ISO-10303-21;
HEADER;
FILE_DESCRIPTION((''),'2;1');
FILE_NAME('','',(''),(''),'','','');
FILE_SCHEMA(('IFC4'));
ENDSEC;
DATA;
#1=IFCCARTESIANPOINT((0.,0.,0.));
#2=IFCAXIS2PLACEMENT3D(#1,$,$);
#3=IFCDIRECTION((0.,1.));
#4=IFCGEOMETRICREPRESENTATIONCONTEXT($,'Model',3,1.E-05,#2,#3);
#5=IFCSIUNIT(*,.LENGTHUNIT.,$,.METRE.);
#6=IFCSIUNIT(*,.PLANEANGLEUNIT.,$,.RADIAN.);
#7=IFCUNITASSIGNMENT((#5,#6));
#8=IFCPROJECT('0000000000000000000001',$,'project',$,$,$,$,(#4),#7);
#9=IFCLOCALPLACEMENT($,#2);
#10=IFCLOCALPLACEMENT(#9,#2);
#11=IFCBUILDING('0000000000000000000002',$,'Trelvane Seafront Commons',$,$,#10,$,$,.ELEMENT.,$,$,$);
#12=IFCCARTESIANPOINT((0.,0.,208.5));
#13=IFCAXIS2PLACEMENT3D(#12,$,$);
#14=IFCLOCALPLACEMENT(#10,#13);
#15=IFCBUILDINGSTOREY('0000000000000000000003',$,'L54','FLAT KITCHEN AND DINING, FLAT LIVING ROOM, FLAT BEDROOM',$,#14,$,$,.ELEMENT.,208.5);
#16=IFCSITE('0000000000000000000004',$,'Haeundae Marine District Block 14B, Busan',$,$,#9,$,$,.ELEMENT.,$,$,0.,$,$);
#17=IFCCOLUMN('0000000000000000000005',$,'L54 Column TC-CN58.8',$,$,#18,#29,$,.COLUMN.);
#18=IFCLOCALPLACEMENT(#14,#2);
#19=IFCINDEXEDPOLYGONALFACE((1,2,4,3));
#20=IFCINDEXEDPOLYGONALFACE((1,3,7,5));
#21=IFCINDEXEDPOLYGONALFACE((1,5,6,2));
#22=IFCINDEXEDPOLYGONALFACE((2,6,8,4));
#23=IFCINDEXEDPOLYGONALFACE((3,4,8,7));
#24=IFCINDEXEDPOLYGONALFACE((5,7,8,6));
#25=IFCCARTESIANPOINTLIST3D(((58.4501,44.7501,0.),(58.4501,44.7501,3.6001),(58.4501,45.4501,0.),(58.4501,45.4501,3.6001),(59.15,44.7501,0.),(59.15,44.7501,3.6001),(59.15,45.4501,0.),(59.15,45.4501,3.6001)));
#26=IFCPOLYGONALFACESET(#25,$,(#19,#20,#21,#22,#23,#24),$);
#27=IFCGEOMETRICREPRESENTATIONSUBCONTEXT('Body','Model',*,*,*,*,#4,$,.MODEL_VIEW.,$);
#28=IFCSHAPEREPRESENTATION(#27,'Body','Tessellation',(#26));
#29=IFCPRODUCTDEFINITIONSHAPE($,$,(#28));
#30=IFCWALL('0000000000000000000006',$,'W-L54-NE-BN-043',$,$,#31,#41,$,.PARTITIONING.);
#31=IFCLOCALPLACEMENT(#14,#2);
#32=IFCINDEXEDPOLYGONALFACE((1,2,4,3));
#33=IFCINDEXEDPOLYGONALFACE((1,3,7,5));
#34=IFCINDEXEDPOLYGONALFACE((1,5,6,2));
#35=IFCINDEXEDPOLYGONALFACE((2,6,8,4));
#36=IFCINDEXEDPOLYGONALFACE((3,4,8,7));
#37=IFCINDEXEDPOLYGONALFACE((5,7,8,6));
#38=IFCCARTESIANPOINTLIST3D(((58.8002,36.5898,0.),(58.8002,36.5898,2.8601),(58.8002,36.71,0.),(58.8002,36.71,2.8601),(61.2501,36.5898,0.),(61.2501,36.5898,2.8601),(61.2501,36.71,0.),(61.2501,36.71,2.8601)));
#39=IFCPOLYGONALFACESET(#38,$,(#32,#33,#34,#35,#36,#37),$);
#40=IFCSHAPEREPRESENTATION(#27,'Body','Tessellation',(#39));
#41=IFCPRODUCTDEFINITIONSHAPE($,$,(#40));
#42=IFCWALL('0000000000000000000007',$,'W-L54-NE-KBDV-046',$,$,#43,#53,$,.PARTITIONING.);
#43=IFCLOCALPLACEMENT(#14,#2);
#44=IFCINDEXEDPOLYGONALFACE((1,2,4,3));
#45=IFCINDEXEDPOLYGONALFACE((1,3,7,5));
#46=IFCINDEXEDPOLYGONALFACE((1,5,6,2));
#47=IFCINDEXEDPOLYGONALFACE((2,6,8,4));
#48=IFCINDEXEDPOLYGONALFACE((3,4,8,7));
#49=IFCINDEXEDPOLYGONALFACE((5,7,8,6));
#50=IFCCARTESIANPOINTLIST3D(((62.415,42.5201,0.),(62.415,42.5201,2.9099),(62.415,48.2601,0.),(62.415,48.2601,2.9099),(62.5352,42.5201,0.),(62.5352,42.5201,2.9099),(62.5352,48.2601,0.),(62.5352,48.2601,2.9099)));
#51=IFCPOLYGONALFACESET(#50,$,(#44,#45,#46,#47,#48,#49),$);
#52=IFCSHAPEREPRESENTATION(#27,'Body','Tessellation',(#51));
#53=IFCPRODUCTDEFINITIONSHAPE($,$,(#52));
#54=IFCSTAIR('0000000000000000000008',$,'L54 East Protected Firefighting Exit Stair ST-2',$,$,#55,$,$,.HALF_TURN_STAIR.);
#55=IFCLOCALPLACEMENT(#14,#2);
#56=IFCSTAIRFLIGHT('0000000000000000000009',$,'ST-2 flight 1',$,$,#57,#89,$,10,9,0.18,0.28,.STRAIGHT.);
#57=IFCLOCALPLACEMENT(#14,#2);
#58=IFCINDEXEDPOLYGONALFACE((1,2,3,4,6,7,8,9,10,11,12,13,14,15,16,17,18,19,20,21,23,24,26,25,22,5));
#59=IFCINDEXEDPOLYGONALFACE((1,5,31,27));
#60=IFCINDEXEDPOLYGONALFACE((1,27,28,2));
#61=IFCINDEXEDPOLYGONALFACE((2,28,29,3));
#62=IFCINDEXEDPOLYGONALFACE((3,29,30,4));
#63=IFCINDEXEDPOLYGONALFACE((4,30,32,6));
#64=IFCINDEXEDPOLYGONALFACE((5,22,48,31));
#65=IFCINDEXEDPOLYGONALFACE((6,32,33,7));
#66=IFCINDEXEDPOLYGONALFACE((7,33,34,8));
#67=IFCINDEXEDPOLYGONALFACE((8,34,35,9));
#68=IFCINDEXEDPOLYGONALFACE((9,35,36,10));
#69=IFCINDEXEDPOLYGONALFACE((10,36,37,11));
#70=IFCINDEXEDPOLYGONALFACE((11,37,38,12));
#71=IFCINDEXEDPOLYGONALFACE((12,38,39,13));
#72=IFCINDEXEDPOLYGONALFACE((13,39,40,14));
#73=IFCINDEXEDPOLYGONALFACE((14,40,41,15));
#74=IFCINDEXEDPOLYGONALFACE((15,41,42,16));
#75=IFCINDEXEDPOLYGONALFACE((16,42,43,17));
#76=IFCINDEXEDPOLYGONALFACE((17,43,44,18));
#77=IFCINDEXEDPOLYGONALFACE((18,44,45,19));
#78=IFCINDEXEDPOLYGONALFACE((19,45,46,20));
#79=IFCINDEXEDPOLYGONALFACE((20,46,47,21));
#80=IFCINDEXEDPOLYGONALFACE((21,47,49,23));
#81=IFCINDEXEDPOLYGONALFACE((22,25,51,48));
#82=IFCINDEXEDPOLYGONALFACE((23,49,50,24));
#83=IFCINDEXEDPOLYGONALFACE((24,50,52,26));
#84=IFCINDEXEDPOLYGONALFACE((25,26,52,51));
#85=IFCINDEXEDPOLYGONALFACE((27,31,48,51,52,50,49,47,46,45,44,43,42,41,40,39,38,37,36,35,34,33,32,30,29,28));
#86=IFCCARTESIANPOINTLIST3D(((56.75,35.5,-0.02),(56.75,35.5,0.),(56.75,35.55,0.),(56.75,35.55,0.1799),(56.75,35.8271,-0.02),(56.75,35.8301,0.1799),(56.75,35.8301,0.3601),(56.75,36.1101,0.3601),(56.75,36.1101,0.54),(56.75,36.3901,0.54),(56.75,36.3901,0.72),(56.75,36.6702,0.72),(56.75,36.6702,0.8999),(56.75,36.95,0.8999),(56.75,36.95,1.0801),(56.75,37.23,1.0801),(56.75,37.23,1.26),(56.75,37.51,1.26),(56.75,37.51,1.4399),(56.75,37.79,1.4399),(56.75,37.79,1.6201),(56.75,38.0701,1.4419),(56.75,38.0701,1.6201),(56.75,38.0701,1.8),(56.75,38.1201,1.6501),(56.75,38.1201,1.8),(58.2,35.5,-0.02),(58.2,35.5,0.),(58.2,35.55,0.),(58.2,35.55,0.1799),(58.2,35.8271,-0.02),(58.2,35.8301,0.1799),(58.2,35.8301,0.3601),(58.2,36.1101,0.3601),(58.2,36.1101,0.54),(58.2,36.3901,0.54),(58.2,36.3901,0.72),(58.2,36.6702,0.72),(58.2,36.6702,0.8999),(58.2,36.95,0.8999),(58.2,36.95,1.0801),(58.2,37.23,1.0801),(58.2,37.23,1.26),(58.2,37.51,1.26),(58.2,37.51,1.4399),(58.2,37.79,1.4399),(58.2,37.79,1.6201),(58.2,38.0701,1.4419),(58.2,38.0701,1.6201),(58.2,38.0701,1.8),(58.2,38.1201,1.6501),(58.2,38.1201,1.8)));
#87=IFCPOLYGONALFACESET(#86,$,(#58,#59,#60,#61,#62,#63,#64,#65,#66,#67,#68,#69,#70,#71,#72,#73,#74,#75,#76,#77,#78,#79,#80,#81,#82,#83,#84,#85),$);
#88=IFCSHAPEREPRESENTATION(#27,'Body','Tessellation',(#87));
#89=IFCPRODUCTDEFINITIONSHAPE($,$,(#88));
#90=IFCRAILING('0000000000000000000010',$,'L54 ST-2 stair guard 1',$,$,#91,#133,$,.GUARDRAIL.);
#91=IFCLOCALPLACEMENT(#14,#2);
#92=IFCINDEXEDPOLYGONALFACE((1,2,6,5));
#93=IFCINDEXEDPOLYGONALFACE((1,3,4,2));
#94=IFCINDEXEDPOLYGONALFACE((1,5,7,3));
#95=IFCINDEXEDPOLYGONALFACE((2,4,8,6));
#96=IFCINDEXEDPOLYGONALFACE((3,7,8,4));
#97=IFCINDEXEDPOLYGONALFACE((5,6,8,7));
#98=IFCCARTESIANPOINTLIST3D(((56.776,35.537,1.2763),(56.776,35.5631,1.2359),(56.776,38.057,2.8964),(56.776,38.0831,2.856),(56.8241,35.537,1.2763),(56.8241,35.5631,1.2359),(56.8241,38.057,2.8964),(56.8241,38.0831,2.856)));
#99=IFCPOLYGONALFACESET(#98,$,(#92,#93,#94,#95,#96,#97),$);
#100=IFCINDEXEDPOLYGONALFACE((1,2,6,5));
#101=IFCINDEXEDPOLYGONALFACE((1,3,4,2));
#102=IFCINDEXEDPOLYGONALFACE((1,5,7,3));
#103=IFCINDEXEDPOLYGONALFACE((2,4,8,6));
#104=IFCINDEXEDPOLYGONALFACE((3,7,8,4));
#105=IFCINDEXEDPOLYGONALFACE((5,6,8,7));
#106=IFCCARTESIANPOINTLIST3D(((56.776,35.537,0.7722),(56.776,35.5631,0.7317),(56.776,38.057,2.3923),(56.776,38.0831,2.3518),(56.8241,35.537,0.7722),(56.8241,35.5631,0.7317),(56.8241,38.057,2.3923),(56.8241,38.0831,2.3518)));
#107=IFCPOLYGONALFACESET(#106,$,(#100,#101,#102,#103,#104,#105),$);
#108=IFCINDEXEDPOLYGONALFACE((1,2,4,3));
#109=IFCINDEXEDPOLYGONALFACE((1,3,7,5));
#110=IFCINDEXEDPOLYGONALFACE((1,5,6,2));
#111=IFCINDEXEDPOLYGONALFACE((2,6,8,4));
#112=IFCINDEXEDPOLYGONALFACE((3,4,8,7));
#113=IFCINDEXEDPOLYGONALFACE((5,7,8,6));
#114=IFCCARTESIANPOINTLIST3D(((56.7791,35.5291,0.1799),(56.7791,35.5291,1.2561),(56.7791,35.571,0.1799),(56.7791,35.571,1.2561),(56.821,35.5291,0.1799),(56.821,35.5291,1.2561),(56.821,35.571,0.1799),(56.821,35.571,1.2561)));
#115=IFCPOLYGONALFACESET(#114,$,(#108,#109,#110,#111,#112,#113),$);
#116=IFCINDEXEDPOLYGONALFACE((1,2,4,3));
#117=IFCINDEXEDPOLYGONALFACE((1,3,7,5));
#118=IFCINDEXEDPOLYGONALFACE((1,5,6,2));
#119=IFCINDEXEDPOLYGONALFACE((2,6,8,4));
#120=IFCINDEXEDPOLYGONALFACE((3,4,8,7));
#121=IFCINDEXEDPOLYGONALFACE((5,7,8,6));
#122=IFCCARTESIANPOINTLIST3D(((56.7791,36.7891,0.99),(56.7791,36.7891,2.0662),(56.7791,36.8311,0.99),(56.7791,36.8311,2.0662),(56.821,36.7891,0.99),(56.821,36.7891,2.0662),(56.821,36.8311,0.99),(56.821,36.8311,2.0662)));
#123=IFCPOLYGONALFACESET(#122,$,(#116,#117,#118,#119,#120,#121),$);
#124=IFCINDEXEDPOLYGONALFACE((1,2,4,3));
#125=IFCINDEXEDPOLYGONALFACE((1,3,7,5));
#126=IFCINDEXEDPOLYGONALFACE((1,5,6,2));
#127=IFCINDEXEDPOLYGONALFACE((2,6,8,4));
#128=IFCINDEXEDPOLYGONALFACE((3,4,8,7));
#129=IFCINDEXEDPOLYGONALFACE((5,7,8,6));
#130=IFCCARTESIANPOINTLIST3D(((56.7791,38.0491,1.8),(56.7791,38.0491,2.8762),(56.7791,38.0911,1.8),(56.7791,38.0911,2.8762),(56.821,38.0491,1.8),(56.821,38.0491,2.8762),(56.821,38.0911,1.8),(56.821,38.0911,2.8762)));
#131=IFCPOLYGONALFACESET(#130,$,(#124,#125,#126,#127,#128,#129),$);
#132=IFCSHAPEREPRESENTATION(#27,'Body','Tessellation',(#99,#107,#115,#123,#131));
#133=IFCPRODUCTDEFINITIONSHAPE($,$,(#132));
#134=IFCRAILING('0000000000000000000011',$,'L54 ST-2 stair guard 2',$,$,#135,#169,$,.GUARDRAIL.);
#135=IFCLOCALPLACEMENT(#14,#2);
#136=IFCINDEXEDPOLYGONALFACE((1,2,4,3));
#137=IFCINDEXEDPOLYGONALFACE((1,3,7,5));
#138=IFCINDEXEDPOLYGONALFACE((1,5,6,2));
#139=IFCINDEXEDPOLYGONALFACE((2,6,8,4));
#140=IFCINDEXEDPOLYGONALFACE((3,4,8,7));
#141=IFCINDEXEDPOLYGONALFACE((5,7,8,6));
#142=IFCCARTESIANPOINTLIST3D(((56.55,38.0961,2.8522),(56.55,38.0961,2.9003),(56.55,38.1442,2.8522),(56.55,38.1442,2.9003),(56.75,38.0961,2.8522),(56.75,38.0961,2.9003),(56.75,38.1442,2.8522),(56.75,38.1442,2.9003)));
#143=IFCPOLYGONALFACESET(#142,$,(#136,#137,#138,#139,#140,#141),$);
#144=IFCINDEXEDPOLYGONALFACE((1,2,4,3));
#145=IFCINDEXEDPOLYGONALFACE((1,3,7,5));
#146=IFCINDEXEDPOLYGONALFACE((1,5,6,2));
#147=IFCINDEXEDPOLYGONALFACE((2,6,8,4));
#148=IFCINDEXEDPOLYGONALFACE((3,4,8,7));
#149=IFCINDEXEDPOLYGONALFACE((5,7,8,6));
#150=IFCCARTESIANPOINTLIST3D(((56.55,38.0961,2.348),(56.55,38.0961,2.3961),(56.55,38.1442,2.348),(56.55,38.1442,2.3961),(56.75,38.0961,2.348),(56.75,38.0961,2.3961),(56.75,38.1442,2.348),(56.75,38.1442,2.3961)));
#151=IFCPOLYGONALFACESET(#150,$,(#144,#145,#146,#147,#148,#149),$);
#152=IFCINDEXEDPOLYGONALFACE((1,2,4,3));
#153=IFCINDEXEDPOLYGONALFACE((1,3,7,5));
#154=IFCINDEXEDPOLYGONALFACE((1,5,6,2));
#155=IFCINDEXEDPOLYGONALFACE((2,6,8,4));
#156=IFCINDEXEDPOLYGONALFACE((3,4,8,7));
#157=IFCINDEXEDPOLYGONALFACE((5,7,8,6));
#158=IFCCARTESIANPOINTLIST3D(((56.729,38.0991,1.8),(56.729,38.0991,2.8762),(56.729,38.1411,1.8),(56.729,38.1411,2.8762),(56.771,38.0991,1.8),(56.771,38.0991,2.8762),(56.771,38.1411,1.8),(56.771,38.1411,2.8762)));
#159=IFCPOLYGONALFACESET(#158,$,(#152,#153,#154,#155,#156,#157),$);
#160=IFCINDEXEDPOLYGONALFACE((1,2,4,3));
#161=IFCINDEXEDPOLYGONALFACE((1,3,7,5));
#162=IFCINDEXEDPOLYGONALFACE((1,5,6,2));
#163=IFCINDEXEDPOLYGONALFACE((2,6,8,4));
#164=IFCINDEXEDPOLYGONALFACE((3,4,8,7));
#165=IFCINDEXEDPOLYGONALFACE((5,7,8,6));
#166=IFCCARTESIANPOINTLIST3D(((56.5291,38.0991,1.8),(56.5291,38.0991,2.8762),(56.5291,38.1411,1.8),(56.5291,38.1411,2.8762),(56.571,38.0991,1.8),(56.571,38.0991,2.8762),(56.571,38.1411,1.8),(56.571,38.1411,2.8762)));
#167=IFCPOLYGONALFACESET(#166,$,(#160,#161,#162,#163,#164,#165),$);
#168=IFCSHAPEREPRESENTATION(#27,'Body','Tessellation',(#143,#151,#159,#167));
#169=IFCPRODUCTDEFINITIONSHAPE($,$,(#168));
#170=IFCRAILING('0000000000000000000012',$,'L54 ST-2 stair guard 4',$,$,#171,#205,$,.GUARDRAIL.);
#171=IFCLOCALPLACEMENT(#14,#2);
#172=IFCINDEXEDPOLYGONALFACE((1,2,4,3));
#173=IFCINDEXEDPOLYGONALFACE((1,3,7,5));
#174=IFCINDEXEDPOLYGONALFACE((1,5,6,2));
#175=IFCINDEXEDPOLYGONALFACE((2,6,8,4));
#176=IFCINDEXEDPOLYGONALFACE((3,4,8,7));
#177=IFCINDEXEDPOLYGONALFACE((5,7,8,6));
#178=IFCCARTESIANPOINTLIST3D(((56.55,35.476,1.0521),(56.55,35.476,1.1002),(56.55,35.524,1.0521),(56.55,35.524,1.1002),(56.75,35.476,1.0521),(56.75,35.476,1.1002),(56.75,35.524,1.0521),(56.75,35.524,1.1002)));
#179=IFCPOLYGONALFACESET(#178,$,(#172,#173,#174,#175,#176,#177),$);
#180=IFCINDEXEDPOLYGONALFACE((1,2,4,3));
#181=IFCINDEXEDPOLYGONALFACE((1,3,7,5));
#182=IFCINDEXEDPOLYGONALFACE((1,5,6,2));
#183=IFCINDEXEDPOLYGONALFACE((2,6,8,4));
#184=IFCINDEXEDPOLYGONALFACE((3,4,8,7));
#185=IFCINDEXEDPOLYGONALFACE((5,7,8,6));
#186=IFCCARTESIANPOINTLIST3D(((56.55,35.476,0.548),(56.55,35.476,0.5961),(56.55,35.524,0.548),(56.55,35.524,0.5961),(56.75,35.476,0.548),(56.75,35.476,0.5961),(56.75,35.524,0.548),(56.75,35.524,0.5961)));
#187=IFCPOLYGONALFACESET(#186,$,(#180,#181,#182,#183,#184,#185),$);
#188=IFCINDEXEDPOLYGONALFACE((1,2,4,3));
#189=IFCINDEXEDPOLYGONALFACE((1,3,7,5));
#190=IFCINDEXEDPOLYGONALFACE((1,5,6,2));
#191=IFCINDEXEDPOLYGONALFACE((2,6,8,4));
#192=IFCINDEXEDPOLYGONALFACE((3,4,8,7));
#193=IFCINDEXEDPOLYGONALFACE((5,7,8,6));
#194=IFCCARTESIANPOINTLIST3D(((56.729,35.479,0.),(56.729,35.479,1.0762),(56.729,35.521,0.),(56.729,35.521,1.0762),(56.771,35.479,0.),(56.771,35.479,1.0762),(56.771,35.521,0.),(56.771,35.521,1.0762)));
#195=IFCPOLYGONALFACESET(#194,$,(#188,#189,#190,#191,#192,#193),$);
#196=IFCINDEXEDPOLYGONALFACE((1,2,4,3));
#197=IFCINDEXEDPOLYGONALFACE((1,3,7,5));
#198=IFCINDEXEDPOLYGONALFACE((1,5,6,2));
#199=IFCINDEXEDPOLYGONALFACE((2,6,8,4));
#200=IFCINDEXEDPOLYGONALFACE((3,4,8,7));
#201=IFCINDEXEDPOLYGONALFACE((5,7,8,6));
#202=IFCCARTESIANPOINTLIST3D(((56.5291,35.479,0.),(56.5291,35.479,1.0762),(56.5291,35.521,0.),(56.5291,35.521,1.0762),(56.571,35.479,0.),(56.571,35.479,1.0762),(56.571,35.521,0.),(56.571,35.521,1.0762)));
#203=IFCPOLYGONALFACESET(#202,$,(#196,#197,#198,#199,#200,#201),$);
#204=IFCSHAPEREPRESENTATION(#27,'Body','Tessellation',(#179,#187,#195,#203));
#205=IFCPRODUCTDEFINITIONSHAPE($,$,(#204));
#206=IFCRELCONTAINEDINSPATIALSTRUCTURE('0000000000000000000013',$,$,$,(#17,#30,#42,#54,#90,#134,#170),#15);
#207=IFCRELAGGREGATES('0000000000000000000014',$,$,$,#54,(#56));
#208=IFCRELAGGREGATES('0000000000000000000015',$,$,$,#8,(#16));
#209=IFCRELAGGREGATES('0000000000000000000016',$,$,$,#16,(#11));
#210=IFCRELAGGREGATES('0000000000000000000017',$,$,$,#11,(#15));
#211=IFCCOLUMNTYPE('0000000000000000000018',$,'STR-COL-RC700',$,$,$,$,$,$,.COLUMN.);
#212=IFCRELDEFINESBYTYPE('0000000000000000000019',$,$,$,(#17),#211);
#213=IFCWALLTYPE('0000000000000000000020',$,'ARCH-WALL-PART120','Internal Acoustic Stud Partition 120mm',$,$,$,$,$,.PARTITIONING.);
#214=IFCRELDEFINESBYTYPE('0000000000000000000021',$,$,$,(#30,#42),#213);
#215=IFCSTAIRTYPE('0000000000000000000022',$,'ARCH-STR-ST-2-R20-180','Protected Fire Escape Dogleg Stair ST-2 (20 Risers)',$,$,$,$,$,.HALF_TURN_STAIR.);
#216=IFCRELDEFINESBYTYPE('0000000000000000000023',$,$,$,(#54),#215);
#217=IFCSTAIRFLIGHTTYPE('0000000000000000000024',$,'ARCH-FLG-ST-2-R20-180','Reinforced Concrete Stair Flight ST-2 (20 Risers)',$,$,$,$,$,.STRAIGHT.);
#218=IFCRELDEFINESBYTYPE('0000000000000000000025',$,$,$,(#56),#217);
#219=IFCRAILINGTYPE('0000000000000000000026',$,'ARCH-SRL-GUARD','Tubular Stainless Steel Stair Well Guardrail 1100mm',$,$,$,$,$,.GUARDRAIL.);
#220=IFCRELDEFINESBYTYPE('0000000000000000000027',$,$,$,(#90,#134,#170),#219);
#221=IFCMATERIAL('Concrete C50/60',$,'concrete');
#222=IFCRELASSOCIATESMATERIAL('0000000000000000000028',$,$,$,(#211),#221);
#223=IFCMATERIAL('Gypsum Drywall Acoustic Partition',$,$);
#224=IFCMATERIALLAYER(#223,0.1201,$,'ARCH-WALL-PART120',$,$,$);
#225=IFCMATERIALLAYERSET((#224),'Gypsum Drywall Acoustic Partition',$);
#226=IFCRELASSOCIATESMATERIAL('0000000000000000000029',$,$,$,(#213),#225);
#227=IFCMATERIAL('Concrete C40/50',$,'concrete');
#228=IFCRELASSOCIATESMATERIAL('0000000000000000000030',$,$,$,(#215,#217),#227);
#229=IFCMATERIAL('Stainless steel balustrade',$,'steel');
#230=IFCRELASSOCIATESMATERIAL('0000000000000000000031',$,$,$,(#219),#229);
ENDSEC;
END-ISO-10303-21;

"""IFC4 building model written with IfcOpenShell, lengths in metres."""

from ifc_helpers import new_model, si_unit, direction, frame, frame_2d, origin, origin_2d, place, context, subcontext, project, spatial, polyline, rectangle, outline, extrude, source, transform, mapped, material, layer, layer_set, material_profile, profile_set, type_object, element, aggregate, save


model = new_model("IFC4")

# Units and contexts
model_context = context("Model", 3, precision=1e-05, world=origin(), true_north=direction((0.0, 1.0)))
body_context = subcontext(model_context, "Body", "Model", "MODEL_VIEW")
ifc_project = project(units=[si_unit("LENGTHUNIT", "METRE"), si_unit("PLANEANGLEUNIT", "RADIAN")], contexts=[model_context])

# Site, building, storey
site_placement = place(None, origin())
site = spatial("IfcSite", under=ifc_project, at=site_placement, Name="Haeundae Marine District Block 14B, Busan", CompositionType="ELEMENT", RefElevation=0.0)
building_placement = place(site_placement, origin())
building = spatial("IfcBuilding", under=site, at=building_placement, Name="Trelvane Seafront Commons", CompositionType="ELEMENT")
storey_placement = place(building_placement, frame((0.0, 0.0, 208.5)))
storey = spatial("IfcBuildingStorey", under=building, at=storey_placement, Name="L54", Description="FLAT KITCHEN AND DINING, FLAT LIVING ROOM, FLAT BEDROOM", CompositionType="ELEMENT", Elevation=208.5)

# Column
ifc_material_1 = material(Name="Concrete C50/60", Category="concrete")
ifc_material_profile = material_profile(ifc_material_1, rectangle(XDim=0.7, YDim=0.7, at=origin_2d()), Name="RC-700x700")
ifc_profile_set = profile_set([ifc_material_profile], Name="Concrete C50/60")
column_type = type_object("IfcColumnType", Name="STR-COL-RC700", PredefinedType="COLUMN", material=ifc_profile_set)
shared_shape_1 = source(origin(), body_context, "Body", "SweptSolid", [
    extrude(rectangle(XDim=0.7, YDim=0.7, at=origin_2d()), origin(), (0.0, 0.0, 1.0), 3.6001),
])
column_placement = place(storey_placement, frame((58.8, 45.1001, 0.0), z_axis=(0.0, 0.0, 1.0), x_axis=(1.0, 0.0, 0.0)))
element("IfcColumn", 1, at=column_placement, inside=storey, type_object=column_type, Name="L54 Column TC-CN58.8", PredefinedType="COLUMN", context=body_context, shape_type="MappedRepresentation", body=[
    mapped(shared_shape_1, transform((0.0, 0.0, 0.0), x_axis=(1.0, 0.0, 0.0), y_axis=(0.0, 1.0, 0.0), z_axis=(0.0, 0.0, 1.0), scale=1.0)),
])

# Wall
ifc_material_2 = material(Name="Gypsum Drywall Acoustic Partition")
ifc_layer_1 = layer(ifc_material_2, 0.1201, Name="ARCH-WALL-PART120")
ifc_layer_set_1 = layer_set([ifc_layer_1], Name="Gypsum Drywall Acoustic Partition")
wall_type_1 = type_object("IfcWallType", Name="ARCH-WALL-PART120", Description="Internal Acoustic Stud Partition 120mm", PredefinedType="PARTITIONING", material=ifc_layer_set_1)
wall_1_placement = place(storey_placement, frame((58.8, 36.6499, 0.0), z_axis=(0.0, 0.0, 1.0), x_axis=(1.0, 0.0, 0.0)))
element("IfcWall", 2, at=wall_1_placement, inside=storey, type_object=wall_type_1, Name="W-L54-NE-BN-043", PredefinedType="PARTITIONING", context=body_context, shape_type="SweptSolid", body=[
    extrude(rectangle(XDim=2.45, YDim=0.1201, at=frame_2d((1.2251, 0.0))), origin(), (0.0, 0.0, 1.0), 2.8601),
])

# Wall
wall_2_placement = place(storey_placement, frame((62.4751, 42.52, 0.0), z_axis=(0.0, 0.0, 1.0), x_axis=(0.0, 1.0, 0.0)))
element("IfcWall", 3, at=wall_2_placement, inside=storey, type_object=wall_type_1, Name="W-L54-NE-KBDV-046", PredefinedType="PARTITIONING", context=body_context, shape_type="SweptSolid", body=[
    extrude(rectangle(XDim=5.74, YDim=0.1201, at=frame_2d((2.8701, 0.0))), origin(), (0.0, 0.0, 1.0), 2.9099),
])

# Stair, stair flight
ifc_material_3 = material(Name="Concrete C40/50", Category="concrete")
stair_type = type_object("IfcStairType", Name="ARCH-STR-ST-2-R20-180", Description="Protected Fire Escape Dogleg Stair ST-2 (20 Risers)", PredefinedType="HALF_TURN_STAIR", material=ifc_material_3)
stair_placement = place(storey_placement, origin())
stair = element("IfcStair", 4, at=stair_placement, inside=storey, type_object=stair_type, Name="L54 East Protected Firefighting Exit Stair ST-2", PredefinedType="HALF_TURN_STAIR")
stair_flight_type = type_object("IfcStairFlightType", Name="ARCH-FLG-ST-2-R20-180", Description="Reinforced Concrete Stair Flight ST-2 (20 Risers)", PredefinedType="STRAIGHT", material=ifc_material_3)
shared_shape_2 = source(origin(), body_context, "Body", "SweptSolid", [
    extrude(outline(polyline([(-0.05, -0.02), (-0.05, 0.0), (0.0, 0.0), (0.0, 0.1799), (0.28, 0.1799), (0.28, 0.3601), (0.5601, 0.3601), (0.5601, 0.54), (0.8401, 0.54), (0.8401, 0.72), (1.1201, 0.72), (1.1201, 0.8999), (1.3999, 0.8999), (1.3999, 1.0801), (1.6799, 1.0801), (1.6799, 1.26), (1.96, 1.26), (1.96, 1.4399), (2.24, 1.4399), (2.24, 1.6201), (2.52, 1.6201), (2.52, 1.8), (2.5701, 1.8), (2.5701, 1.6501), (2.52, 1.4419), (0.2771, -0.02), (-0.05, -0.02)])), frame((0.0, 0.7251, 0.0), z_axis=(0.0, -1.0, 0.0), x_axis=(1.0, 0.0, 0.0)), (0.0, 0.0, 1.0), 1.45),
])
stair_flight_placement = place(storey_placement, frame((57.4751, 35.55, 0.0), z_axis=(0.0, 0.0, 1.0), x_axis=(0.0, 1.0, 0.0)))
stair_flight = element("IfcStairFlight", 5, at=stair_flight_placement, type_object=stair_flight_type, Name="ST-2 flight 1", NumberOfRisers=10, NumberOfTreads=9, PredefinedType="STRAIGHT", RiserHeight=0.18, TreadLength=0.28, context=body_context, shape_type="MappedRepresentation", body=[
    mapped(shared_shape_2, transform((0.0, 0.0, 0.0), x_axis=(1.0, 0.0, 0.0), y_axis=(0.0, 1.0, 0.0), z_axis=(0.0, 0.0, 1.0), scale=1.0)),
])
aggregate(stair, [stair_flight])

# Railings
ifc_material_4 = material(Name="Stainless steel balustrade", Category="steel")
railing_type_1 = type_object("IfcRailingType", Name="ARCH-SRL-GUARD", Description="Tubular Stainless Steel Stair Well Guardrail 1100mm", PredefinedType="GUARDRAIL", material=ifc_material_4)
railing_1_placement = place(storey_placement, frame((56.8, 35.55, 0.1799)))
element("IfcRailing", 6, at=railing_1_placement, inside=storey, type_object=railing_type_1, Name="L54 ST-2 stair guard 1", PredefinedType="GUARDRAIL", context=body_context, shape_type="SweptSolid", body=[
    extrude(rectangle(XDim=0.0481, YDim=0.0481, at=origin_2d()), frame((0.0, 0.0, 1.0762), z_axis=(0.0, 0.841163, 0.540782), x_axis=(-1.0, 0.0, 0.0)), (0.0, 0.0, 1.0), 2.9958),
    extrude(rectangle(XDim=0.0481, YDim=0.0481, at=origin_2d()), frame((0.0, 0.0, 0.572), z_axis=(0.0, 0.841163, 0.540782), x_axis=(-1.0, 0.0, 0.0)), (0.0, 0.0, 1.0), 2.9958),
    extrude(rectangle(XDim=0.042, YDim=0.042, at=origin_2d()), origin(), (0.0, 0.0, 1.0), 1.0762),
    extrude(rectangle(XDim=0.042, YDim=0.042, at=origin_2d()), frame((0.0, 1.26, 0.8101)), (0.0, 0.0, 1.0), 1.0762),
    extrude(rectangle(XDim=0.042, YDim=0.042, at=origin_2d()), frame((0.0, 2.52, 1.6201)), (0.0, 0.0, 1.0), 1.0762),
])
for number, where, name in (
    (7, (56.75, 38.1201, 1.8), "L54 ST-2 stair guard 2"),
    (8, (56.75, 35.5, 0.0), "L54 ST-2 stair guard 4"),
):
    element("IfcRailing", number, at=place(storey_placement, frame(where)), inside=storey, type_object=railing_type_1, Name=name, PredefinedType="GUARDRAIL", context=body_context, shape_type="SweptSolid", body=[
        extrude(rectangle(XDim=0.0481, YDim=0.0481, at=origin_2d()), frame((0.0, 0.0, 1.0762), z_axis=(-1.0, 0.0, 0.0), x_axis=(0.0, -1.0, 0.0)), (0.0, 0.0, 1.0), 0.2),
        extrude(rectangle(XDim=0.0481, YDim=0.0481, at=origin_2d()), frame((0.0, 0.0, 0.572), z_axis=(-1.0, 0.0, 0.0), x_axis=(0.0, -1.0, 0.0)), (0.0, 0.0, 1.0), 0.2),
        extrude(rectangle(XDim=0.042, YDim=0.042, at=origin_2d()), origin(), (0.0, 0.0, 1.0), 1.0762),
        extrude(rectangle(XDim=0.042, YDim=0.042, at=origin_2d()), frame((-0.2, 0.0, 0.0)), (0.0, 0.0, 1.0), 1.0762),
    ])

save(model, "model.ifc")
